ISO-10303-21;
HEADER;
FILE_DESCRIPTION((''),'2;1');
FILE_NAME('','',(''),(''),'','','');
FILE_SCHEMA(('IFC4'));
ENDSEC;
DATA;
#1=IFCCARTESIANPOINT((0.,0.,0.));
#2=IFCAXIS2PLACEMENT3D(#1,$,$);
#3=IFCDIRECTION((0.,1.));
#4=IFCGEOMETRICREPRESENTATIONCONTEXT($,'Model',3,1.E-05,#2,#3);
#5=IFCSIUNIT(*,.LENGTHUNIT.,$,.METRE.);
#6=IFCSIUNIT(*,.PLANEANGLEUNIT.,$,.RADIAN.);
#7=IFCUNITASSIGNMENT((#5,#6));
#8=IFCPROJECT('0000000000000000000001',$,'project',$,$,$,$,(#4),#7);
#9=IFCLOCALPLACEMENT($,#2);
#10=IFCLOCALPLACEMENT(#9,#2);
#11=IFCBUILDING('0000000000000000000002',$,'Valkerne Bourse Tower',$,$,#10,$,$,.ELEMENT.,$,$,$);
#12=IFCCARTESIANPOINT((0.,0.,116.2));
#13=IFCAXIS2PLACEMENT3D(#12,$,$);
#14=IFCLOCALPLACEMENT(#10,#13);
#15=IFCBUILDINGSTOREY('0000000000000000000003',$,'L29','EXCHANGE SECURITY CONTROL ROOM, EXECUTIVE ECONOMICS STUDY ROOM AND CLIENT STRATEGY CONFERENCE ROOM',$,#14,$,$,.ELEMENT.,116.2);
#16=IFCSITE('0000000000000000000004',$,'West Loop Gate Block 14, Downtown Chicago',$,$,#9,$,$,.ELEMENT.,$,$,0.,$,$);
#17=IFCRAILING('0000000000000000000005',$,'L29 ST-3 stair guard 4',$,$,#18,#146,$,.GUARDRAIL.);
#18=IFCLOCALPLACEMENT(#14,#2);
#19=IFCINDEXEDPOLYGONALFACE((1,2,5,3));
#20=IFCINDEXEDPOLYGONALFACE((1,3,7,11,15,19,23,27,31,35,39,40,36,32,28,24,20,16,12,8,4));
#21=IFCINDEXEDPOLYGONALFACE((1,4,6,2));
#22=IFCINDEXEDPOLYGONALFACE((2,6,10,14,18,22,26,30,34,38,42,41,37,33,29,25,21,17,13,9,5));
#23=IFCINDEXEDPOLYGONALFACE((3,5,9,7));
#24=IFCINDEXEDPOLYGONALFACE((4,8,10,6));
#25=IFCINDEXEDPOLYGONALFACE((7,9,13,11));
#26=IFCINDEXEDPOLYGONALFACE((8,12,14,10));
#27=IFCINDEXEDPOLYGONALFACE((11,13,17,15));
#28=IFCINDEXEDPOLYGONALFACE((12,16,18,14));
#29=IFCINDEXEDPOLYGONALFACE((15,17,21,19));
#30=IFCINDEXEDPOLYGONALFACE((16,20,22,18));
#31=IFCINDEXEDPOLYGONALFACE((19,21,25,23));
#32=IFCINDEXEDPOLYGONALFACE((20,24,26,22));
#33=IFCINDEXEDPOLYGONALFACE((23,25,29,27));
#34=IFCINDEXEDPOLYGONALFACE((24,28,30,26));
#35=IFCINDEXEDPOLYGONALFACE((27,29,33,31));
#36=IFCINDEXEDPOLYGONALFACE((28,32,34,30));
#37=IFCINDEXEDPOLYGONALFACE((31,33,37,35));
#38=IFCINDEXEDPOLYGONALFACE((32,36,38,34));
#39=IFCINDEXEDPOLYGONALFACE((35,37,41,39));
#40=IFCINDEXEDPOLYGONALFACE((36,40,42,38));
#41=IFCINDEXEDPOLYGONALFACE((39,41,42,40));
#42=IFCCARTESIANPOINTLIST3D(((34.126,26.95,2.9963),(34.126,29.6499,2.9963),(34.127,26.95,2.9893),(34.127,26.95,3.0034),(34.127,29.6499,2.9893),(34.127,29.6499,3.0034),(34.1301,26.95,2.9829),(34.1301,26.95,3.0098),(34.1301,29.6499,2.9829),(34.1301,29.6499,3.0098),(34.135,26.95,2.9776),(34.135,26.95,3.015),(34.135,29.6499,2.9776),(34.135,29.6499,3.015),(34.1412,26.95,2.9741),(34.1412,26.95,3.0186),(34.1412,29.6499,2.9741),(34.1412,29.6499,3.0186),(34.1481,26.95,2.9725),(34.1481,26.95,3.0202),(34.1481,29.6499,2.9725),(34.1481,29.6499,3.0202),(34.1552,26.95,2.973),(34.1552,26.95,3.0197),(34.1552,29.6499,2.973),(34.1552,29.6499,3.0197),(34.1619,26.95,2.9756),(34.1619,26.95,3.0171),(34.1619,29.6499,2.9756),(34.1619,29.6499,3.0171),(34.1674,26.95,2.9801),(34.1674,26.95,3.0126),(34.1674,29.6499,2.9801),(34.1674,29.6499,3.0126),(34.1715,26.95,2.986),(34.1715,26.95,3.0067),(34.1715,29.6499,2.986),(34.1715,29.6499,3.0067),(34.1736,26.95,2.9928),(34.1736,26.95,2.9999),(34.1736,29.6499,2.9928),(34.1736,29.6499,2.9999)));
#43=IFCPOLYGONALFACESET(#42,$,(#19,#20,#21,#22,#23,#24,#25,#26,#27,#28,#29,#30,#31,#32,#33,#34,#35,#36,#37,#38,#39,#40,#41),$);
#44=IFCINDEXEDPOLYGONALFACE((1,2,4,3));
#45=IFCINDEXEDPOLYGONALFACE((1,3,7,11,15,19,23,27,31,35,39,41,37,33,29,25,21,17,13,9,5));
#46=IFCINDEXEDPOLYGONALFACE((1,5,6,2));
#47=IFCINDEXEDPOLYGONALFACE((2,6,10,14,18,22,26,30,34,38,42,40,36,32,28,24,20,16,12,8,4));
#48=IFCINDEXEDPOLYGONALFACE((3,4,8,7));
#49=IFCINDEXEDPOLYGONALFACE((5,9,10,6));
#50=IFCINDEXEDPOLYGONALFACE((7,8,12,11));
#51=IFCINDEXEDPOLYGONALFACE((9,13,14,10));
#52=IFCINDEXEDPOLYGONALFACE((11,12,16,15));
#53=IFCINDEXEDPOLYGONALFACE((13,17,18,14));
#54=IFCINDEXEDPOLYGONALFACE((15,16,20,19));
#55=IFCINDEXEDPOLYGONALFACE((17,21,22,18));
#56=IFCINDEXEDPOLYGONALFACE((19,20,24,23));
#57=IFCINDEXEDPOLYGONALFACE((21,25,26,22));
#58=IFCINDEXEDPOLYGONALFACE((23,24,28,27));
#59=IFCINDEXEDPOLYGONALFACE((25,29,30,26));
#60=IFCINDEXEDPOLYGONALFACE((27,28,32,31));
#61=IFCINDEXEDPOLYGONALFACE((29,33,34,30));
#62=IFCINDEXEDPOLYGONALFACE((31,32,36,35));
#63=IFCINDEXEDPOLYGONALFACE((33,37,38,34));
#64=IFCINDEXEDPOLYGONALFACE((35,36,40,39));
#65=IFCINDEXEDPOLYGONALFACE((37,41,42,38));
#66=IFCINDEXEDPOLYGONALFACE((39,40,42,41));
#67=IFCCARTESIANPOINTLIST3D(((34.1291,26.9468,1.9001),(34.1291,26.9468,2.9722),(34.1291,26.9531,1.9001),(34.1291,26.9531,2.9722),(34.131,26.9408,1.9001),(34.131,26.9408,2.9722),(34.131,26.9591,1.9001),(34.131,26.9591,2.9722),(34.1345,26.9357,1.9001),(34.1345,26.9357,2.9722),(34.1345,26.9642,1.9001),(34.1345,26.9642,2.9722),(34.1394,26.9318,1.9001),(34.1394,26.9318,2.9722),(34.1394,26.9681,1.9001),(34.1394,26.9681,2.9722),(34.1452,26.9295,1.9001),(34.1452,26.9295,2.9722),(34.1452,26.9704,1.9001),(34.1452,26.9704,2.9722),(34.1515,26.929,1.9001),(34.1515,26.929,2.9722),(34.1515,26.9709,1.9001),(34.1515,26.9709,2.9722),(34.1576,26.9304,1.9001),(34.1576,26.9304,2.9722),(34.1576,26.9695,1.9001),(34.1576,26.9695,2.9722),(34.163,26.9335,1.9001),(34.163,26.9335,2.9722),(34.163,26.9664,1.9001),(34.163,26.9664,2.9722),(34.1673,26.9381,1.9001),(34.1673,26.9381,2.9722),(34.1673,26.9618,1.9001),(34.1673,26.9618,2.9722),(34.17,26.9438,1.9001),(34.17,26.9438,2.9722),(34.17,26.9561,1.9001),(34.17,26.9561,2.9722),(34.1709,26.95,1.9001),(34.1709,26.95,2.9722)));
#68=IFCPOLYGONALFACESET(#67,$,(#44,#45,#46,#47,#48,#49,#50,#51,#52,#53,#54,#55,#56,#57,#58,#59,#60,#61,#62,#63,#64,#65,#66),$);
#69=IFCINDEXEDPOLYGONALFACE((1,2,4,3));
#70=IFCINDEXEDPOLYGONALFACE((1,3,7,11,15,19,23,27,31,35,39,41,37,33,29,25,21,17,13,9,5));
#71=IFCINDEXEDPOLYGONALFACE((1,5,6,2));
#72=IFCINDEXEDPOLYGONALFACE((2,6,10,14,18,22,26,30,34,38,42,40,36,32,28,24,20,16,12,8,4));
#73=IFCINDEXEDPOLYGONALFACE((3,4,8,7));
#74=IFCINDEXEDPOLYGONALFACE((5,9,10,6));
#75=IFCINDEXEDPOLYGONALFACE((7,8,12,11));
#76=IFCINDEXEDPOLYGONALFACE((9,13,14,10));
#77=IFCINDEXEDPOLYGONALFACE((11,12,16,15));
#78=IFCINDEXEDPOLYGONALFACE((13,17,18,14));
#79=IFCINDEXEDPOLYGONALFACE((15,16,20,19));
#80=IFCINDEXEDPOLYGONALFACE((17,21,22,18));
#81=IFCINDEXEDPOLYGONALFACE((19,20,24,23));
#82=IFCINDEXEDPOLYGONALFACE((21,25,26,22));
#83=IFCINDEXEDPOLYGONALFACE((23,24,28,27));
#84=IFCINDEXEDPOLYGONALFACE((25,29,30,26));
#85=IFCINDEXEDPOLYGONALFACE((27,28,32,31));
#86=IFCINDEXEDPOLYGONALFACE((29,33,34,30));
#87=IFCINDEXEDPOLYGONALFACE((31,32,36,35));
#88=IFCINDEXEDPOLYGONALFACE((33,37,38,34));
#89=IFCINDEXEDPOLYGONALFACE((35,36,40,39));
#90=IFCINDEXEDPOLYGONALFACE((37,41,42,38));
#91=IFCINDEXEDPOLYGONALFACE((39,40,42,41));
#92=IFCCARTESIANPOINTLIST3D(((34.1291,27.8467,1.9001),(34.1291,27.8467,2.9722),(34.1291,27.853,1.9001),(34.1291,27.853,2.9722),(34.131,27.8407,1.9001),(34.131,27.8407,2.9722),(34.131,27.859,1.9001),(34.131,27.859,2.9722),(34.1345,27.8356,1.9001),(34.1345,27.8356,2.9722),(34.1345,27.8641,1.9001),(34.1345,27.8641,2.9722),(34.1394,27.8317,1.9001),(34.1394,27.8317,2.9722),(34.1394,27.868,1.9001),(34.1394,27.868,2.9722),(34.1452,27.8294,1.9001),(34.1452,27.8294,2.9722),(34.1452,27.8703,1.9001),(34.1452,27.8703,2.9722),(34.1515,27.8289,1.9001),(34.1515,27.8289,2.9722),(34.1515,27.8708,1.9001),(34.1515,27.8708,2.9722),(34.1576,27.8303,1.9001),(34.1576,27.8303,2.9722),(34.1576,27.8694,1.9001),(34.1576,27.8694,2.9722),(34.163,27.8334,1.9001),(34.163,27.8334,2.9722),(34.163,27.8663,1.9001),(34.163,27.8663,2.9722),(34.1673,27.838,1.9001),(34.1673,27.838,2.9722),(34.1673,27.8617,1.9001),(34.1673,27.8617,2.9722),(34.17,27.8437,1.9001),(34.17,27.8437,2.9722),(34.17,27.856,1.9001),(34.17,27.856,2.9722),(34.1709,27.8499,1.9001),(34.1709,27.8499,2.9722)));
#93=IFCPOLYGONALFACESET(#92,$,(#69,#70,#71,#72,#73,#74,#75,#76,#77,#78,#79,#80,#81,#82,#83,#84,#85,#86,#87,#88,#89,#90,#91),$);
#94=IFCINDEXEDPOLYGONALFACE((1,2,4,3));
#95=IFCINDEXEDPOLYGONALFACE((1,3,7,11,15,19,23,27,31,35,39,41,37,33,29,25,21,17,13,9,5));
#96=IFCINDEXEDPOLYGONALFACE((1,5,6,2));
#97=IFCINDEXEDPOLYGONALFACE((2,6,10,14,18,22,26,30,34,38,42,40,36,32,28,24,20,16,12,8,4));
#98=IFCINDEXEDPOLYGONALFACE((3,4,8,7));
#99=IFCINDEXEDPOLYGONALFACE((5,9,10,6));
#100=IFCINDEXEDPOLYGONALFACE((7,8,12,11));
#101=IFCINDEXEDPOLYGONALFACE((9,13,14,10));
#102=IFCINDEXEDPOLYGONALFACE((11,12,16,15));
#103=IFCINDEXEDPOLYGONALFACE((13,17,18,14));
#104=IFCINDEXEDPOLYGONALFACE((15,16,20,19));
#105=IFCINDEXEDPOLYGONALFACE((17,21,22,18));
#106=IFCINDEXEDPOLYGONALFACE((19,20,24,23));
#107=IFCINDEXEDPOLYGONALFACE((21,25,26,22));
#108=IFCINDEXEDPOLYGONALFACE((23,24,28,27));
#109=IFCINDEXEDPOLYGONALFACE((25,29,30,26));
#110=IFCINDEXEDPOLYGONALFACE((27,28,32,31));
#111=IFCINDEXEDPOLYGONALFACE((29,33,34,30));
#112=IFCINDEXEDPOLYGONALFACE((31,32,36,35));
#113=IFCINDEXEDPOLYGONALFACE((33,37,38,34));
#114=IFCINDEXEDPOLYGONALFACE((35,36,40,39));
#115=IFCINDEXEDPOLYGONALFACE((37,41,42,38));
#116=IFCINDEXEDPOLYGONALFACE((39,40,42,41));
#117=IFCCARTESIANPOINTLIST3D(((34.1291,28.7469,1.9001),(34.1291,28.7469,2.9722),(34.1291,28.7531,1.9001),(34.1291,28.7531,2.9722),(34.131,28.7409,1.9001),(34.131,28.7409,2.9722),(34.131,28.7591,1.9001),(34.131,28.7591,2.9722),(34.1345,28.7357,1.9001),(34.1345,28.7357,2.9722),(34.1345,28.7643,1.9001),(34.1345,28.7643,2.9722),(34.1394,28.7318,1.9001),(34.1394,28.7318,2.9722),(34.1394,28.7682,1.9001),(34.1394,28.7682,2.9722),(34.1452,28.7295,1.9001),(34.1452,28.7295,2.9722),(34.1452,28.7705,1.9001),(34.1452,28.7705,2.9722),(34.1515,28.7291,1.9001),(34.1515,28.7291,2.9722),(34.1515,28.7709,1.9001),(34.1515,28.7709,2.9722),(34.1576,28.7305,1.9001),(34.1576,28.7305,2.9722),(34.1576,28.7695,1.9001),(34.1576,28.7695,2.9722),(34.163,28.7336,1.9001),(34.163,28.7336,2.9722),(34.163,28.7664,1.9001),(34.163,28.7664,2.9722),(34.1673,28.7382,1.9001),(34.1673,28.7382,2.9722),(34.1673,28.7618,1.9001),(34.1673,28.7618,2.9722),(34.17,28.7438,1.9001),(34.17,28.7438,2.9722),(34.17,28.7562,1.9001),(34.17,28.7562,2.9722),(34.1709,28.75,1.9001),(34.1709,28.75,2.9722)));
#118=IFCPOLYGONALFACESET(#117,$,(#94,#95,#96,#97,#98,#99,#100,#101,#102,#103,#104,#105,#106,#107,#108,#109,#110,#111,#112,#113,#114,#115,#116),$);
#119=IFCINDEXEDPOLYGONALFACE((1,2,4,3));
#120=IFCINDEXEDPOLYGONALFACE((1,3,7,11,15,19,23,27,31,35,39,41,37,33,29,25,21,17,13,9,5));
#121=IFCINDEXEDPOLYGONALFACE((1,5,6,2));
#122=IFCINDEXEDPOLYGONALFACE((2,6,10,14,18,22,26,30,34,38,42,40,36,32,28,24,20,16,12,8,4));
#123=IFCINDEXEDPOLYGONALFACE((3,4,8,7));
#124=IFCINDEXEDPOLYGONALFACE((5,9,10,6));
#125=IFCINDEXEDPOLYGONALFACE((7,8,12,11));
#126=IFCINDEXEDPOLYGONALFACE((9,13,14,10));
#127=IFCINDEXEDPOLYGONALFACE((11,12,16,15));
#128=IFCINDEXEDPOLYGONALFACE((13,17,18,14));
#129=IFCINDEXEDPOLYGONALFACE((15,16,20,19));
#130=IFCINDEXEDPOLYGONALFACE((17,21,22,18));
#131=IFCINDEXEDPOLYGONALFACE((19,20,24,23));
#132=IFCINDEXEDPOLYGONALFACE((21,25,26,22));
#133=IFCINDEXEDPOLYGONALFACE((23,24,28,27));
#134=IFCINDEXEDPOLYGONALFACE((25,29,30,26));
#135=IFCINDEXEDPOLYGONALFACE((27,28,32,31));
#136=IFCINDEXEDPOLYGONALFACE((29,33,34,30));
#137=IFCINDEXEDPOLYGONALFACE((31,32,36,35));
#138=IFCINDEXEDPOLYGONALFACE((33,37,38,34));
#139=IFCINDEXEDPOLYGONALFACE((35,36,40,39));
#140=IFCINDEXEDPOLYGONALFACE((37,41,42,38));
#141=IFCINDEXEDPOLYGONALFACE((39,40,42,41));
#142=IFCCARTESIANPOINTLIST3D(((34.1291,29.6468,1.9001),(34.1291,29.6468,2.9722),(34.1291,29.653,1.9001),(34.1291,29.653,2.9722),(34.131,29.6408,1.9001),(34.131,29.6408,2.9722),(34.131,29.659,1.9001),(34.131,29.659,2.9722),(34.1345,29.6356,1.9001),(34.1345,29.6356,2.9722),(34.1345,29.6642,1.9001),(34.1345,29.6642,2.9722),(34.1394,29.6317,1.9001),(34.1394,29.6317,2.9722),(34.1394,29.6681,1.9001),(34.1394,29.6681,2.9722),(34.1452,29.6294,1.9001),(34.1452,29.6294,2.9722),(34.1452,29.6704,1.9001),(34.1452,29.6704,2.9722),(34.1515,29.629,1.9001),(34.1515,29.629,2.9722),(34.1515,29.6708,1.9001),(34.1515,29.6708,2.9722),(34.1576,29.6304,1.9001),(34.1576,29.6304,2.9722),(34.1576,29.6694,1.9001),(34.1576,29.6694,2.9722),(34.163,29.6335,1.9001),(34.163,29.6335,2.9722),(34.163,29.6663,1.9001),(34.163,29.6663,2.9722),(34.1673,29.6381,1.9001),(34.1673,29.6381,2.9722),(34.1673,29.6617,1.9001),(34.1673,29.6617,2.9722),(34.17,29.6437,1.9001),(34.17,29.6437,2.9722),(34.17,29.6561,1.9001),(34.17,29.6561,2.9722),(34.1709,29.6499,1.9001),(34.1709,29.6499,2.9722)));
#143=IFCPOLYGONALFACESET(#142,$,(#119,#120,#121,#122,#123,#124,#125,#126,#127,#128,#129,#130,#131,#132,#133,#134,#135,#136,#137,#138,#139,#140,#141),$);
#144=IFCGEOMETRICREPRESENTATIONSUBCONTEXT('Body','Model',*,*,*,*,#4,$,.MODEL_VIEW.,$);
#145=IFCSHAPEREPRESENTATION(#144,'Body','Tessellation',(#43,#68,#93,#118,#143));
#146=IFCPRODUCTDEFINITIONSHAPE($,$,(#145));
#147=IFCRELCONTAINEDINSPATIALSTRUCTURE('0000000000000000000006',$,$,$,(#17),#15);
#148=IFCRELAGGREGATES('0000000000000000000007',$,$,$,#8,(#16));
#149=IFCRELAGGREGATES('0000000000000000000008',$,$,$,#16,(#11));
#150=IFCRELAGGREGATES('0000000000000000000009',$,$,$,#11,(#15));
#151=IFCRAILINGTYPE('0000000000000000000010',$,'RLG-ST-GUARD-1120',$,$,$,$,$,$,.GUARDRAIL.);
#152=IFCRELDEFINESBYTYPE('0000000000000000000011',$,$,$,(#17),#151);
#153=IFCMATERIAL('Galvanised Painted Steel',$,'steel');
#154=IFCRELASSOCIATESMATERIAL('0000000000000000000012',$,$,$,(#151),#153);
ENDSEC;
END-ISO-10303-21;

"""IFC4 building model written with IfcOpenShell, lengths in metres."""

from ifc_helpers import new_model, si_unit, direction, frame, origin, origin_2d, place, context, subcontext, project, spatial, circle, extrude, material, type_object, element, save


model = new_model("IFC4")

# Units and contexts
model_context = context("Model", 3, precision=1e-05, world=origin(), true_north=direction((0.0, 1.0)))
body_context = subcontext(model_context, "Body", "Model", "MODEL_VIEW")
ifc_project = project(units=[si_unit("LENGTHUNIT", "METRE"), si_unit("PLANEANGLEUNIT", "RADIAN")], contexts=[model_context])

# Site, building, storey
site_placement = place(None, origin())
site = spatial("IfcSite", under=ifc_project, at=site_placement, Name="West Loop Gate Block 14, Downtown Chicago", CompositionType="ELEMENT", RefElevation=0.0)
building_placement = place(site_placement, origin())
building = spatial("IfcBuilding", under=site, at=building_placement, Name="Valkerne Bourse Tower", CompositionType="ELEMENT")
storey_placement = place(building_placement, frame((0.0, 0.0, 116.2)))
storey = spatial("IfcBuildingStorey", under=building, at=storey_placement, Name="L29", Description="EXCHANGE SECURITY CONTROL ROOM, EXECUTIVE ECONOMICS STUDY ROOM AND CLIENT STRATEGY CONFERENCE ROOM", CompositionType="ELEMENT", Elevation=116.2)

# Railing
ifc_material_1 = material(Name="Galvanised Painted Steel", Category="steel")
railing_type_1 = type_object("IfcRailingType", Name="RLG-ST-GUARD-1120", PredefinedType="GUARDRAIL", material=ifc_material_1)
for number, where, name in (
    (1, (34.1499, 26.95, 1.9001), "L29 ST-3 stair guard 4"),
):
    element("IfcRailing", number, at=place(storey_placement, frame(where)), inside=storey, type_object=railing_type_1, Name=name, PredefinedType="GUARDRAIL", context=body_context, shape_type="SweptSolid", body=[
        extrude(circle(Radius=0.0239, at=origin_2d()), frame((0.0, 0.0, 1.0962), z_axis=(0.0, 1.0, 0.0), x_axis=(-1.0, 0.0, 0.0)), (0.0, 0.0, 1.0), 2.7),
        extrude(circle(Radius=0.021, at=origin_2d()), origin(), (0.0, 0.0, 1.0), 1.072),
        extrude(circle(Radius=0.021, at=origin_2d()), frame((0.0, 0.8999, 0.0)), (0.0, 0.0, 1.0), 1.072),
        extrude(circle(Radius=0.021, at=origin_2d()), frame((0.0, 1.8, 0.0)), (0.0, 0.0, 1.0), 1.072),
        extrude(circle(Radius=0.021, at=origin_2d()), frame((0.0, 2.7, 0.0)), (0.0, 0.0, 1.0), 1.072),
    ])

save(model, "model.ifc")
